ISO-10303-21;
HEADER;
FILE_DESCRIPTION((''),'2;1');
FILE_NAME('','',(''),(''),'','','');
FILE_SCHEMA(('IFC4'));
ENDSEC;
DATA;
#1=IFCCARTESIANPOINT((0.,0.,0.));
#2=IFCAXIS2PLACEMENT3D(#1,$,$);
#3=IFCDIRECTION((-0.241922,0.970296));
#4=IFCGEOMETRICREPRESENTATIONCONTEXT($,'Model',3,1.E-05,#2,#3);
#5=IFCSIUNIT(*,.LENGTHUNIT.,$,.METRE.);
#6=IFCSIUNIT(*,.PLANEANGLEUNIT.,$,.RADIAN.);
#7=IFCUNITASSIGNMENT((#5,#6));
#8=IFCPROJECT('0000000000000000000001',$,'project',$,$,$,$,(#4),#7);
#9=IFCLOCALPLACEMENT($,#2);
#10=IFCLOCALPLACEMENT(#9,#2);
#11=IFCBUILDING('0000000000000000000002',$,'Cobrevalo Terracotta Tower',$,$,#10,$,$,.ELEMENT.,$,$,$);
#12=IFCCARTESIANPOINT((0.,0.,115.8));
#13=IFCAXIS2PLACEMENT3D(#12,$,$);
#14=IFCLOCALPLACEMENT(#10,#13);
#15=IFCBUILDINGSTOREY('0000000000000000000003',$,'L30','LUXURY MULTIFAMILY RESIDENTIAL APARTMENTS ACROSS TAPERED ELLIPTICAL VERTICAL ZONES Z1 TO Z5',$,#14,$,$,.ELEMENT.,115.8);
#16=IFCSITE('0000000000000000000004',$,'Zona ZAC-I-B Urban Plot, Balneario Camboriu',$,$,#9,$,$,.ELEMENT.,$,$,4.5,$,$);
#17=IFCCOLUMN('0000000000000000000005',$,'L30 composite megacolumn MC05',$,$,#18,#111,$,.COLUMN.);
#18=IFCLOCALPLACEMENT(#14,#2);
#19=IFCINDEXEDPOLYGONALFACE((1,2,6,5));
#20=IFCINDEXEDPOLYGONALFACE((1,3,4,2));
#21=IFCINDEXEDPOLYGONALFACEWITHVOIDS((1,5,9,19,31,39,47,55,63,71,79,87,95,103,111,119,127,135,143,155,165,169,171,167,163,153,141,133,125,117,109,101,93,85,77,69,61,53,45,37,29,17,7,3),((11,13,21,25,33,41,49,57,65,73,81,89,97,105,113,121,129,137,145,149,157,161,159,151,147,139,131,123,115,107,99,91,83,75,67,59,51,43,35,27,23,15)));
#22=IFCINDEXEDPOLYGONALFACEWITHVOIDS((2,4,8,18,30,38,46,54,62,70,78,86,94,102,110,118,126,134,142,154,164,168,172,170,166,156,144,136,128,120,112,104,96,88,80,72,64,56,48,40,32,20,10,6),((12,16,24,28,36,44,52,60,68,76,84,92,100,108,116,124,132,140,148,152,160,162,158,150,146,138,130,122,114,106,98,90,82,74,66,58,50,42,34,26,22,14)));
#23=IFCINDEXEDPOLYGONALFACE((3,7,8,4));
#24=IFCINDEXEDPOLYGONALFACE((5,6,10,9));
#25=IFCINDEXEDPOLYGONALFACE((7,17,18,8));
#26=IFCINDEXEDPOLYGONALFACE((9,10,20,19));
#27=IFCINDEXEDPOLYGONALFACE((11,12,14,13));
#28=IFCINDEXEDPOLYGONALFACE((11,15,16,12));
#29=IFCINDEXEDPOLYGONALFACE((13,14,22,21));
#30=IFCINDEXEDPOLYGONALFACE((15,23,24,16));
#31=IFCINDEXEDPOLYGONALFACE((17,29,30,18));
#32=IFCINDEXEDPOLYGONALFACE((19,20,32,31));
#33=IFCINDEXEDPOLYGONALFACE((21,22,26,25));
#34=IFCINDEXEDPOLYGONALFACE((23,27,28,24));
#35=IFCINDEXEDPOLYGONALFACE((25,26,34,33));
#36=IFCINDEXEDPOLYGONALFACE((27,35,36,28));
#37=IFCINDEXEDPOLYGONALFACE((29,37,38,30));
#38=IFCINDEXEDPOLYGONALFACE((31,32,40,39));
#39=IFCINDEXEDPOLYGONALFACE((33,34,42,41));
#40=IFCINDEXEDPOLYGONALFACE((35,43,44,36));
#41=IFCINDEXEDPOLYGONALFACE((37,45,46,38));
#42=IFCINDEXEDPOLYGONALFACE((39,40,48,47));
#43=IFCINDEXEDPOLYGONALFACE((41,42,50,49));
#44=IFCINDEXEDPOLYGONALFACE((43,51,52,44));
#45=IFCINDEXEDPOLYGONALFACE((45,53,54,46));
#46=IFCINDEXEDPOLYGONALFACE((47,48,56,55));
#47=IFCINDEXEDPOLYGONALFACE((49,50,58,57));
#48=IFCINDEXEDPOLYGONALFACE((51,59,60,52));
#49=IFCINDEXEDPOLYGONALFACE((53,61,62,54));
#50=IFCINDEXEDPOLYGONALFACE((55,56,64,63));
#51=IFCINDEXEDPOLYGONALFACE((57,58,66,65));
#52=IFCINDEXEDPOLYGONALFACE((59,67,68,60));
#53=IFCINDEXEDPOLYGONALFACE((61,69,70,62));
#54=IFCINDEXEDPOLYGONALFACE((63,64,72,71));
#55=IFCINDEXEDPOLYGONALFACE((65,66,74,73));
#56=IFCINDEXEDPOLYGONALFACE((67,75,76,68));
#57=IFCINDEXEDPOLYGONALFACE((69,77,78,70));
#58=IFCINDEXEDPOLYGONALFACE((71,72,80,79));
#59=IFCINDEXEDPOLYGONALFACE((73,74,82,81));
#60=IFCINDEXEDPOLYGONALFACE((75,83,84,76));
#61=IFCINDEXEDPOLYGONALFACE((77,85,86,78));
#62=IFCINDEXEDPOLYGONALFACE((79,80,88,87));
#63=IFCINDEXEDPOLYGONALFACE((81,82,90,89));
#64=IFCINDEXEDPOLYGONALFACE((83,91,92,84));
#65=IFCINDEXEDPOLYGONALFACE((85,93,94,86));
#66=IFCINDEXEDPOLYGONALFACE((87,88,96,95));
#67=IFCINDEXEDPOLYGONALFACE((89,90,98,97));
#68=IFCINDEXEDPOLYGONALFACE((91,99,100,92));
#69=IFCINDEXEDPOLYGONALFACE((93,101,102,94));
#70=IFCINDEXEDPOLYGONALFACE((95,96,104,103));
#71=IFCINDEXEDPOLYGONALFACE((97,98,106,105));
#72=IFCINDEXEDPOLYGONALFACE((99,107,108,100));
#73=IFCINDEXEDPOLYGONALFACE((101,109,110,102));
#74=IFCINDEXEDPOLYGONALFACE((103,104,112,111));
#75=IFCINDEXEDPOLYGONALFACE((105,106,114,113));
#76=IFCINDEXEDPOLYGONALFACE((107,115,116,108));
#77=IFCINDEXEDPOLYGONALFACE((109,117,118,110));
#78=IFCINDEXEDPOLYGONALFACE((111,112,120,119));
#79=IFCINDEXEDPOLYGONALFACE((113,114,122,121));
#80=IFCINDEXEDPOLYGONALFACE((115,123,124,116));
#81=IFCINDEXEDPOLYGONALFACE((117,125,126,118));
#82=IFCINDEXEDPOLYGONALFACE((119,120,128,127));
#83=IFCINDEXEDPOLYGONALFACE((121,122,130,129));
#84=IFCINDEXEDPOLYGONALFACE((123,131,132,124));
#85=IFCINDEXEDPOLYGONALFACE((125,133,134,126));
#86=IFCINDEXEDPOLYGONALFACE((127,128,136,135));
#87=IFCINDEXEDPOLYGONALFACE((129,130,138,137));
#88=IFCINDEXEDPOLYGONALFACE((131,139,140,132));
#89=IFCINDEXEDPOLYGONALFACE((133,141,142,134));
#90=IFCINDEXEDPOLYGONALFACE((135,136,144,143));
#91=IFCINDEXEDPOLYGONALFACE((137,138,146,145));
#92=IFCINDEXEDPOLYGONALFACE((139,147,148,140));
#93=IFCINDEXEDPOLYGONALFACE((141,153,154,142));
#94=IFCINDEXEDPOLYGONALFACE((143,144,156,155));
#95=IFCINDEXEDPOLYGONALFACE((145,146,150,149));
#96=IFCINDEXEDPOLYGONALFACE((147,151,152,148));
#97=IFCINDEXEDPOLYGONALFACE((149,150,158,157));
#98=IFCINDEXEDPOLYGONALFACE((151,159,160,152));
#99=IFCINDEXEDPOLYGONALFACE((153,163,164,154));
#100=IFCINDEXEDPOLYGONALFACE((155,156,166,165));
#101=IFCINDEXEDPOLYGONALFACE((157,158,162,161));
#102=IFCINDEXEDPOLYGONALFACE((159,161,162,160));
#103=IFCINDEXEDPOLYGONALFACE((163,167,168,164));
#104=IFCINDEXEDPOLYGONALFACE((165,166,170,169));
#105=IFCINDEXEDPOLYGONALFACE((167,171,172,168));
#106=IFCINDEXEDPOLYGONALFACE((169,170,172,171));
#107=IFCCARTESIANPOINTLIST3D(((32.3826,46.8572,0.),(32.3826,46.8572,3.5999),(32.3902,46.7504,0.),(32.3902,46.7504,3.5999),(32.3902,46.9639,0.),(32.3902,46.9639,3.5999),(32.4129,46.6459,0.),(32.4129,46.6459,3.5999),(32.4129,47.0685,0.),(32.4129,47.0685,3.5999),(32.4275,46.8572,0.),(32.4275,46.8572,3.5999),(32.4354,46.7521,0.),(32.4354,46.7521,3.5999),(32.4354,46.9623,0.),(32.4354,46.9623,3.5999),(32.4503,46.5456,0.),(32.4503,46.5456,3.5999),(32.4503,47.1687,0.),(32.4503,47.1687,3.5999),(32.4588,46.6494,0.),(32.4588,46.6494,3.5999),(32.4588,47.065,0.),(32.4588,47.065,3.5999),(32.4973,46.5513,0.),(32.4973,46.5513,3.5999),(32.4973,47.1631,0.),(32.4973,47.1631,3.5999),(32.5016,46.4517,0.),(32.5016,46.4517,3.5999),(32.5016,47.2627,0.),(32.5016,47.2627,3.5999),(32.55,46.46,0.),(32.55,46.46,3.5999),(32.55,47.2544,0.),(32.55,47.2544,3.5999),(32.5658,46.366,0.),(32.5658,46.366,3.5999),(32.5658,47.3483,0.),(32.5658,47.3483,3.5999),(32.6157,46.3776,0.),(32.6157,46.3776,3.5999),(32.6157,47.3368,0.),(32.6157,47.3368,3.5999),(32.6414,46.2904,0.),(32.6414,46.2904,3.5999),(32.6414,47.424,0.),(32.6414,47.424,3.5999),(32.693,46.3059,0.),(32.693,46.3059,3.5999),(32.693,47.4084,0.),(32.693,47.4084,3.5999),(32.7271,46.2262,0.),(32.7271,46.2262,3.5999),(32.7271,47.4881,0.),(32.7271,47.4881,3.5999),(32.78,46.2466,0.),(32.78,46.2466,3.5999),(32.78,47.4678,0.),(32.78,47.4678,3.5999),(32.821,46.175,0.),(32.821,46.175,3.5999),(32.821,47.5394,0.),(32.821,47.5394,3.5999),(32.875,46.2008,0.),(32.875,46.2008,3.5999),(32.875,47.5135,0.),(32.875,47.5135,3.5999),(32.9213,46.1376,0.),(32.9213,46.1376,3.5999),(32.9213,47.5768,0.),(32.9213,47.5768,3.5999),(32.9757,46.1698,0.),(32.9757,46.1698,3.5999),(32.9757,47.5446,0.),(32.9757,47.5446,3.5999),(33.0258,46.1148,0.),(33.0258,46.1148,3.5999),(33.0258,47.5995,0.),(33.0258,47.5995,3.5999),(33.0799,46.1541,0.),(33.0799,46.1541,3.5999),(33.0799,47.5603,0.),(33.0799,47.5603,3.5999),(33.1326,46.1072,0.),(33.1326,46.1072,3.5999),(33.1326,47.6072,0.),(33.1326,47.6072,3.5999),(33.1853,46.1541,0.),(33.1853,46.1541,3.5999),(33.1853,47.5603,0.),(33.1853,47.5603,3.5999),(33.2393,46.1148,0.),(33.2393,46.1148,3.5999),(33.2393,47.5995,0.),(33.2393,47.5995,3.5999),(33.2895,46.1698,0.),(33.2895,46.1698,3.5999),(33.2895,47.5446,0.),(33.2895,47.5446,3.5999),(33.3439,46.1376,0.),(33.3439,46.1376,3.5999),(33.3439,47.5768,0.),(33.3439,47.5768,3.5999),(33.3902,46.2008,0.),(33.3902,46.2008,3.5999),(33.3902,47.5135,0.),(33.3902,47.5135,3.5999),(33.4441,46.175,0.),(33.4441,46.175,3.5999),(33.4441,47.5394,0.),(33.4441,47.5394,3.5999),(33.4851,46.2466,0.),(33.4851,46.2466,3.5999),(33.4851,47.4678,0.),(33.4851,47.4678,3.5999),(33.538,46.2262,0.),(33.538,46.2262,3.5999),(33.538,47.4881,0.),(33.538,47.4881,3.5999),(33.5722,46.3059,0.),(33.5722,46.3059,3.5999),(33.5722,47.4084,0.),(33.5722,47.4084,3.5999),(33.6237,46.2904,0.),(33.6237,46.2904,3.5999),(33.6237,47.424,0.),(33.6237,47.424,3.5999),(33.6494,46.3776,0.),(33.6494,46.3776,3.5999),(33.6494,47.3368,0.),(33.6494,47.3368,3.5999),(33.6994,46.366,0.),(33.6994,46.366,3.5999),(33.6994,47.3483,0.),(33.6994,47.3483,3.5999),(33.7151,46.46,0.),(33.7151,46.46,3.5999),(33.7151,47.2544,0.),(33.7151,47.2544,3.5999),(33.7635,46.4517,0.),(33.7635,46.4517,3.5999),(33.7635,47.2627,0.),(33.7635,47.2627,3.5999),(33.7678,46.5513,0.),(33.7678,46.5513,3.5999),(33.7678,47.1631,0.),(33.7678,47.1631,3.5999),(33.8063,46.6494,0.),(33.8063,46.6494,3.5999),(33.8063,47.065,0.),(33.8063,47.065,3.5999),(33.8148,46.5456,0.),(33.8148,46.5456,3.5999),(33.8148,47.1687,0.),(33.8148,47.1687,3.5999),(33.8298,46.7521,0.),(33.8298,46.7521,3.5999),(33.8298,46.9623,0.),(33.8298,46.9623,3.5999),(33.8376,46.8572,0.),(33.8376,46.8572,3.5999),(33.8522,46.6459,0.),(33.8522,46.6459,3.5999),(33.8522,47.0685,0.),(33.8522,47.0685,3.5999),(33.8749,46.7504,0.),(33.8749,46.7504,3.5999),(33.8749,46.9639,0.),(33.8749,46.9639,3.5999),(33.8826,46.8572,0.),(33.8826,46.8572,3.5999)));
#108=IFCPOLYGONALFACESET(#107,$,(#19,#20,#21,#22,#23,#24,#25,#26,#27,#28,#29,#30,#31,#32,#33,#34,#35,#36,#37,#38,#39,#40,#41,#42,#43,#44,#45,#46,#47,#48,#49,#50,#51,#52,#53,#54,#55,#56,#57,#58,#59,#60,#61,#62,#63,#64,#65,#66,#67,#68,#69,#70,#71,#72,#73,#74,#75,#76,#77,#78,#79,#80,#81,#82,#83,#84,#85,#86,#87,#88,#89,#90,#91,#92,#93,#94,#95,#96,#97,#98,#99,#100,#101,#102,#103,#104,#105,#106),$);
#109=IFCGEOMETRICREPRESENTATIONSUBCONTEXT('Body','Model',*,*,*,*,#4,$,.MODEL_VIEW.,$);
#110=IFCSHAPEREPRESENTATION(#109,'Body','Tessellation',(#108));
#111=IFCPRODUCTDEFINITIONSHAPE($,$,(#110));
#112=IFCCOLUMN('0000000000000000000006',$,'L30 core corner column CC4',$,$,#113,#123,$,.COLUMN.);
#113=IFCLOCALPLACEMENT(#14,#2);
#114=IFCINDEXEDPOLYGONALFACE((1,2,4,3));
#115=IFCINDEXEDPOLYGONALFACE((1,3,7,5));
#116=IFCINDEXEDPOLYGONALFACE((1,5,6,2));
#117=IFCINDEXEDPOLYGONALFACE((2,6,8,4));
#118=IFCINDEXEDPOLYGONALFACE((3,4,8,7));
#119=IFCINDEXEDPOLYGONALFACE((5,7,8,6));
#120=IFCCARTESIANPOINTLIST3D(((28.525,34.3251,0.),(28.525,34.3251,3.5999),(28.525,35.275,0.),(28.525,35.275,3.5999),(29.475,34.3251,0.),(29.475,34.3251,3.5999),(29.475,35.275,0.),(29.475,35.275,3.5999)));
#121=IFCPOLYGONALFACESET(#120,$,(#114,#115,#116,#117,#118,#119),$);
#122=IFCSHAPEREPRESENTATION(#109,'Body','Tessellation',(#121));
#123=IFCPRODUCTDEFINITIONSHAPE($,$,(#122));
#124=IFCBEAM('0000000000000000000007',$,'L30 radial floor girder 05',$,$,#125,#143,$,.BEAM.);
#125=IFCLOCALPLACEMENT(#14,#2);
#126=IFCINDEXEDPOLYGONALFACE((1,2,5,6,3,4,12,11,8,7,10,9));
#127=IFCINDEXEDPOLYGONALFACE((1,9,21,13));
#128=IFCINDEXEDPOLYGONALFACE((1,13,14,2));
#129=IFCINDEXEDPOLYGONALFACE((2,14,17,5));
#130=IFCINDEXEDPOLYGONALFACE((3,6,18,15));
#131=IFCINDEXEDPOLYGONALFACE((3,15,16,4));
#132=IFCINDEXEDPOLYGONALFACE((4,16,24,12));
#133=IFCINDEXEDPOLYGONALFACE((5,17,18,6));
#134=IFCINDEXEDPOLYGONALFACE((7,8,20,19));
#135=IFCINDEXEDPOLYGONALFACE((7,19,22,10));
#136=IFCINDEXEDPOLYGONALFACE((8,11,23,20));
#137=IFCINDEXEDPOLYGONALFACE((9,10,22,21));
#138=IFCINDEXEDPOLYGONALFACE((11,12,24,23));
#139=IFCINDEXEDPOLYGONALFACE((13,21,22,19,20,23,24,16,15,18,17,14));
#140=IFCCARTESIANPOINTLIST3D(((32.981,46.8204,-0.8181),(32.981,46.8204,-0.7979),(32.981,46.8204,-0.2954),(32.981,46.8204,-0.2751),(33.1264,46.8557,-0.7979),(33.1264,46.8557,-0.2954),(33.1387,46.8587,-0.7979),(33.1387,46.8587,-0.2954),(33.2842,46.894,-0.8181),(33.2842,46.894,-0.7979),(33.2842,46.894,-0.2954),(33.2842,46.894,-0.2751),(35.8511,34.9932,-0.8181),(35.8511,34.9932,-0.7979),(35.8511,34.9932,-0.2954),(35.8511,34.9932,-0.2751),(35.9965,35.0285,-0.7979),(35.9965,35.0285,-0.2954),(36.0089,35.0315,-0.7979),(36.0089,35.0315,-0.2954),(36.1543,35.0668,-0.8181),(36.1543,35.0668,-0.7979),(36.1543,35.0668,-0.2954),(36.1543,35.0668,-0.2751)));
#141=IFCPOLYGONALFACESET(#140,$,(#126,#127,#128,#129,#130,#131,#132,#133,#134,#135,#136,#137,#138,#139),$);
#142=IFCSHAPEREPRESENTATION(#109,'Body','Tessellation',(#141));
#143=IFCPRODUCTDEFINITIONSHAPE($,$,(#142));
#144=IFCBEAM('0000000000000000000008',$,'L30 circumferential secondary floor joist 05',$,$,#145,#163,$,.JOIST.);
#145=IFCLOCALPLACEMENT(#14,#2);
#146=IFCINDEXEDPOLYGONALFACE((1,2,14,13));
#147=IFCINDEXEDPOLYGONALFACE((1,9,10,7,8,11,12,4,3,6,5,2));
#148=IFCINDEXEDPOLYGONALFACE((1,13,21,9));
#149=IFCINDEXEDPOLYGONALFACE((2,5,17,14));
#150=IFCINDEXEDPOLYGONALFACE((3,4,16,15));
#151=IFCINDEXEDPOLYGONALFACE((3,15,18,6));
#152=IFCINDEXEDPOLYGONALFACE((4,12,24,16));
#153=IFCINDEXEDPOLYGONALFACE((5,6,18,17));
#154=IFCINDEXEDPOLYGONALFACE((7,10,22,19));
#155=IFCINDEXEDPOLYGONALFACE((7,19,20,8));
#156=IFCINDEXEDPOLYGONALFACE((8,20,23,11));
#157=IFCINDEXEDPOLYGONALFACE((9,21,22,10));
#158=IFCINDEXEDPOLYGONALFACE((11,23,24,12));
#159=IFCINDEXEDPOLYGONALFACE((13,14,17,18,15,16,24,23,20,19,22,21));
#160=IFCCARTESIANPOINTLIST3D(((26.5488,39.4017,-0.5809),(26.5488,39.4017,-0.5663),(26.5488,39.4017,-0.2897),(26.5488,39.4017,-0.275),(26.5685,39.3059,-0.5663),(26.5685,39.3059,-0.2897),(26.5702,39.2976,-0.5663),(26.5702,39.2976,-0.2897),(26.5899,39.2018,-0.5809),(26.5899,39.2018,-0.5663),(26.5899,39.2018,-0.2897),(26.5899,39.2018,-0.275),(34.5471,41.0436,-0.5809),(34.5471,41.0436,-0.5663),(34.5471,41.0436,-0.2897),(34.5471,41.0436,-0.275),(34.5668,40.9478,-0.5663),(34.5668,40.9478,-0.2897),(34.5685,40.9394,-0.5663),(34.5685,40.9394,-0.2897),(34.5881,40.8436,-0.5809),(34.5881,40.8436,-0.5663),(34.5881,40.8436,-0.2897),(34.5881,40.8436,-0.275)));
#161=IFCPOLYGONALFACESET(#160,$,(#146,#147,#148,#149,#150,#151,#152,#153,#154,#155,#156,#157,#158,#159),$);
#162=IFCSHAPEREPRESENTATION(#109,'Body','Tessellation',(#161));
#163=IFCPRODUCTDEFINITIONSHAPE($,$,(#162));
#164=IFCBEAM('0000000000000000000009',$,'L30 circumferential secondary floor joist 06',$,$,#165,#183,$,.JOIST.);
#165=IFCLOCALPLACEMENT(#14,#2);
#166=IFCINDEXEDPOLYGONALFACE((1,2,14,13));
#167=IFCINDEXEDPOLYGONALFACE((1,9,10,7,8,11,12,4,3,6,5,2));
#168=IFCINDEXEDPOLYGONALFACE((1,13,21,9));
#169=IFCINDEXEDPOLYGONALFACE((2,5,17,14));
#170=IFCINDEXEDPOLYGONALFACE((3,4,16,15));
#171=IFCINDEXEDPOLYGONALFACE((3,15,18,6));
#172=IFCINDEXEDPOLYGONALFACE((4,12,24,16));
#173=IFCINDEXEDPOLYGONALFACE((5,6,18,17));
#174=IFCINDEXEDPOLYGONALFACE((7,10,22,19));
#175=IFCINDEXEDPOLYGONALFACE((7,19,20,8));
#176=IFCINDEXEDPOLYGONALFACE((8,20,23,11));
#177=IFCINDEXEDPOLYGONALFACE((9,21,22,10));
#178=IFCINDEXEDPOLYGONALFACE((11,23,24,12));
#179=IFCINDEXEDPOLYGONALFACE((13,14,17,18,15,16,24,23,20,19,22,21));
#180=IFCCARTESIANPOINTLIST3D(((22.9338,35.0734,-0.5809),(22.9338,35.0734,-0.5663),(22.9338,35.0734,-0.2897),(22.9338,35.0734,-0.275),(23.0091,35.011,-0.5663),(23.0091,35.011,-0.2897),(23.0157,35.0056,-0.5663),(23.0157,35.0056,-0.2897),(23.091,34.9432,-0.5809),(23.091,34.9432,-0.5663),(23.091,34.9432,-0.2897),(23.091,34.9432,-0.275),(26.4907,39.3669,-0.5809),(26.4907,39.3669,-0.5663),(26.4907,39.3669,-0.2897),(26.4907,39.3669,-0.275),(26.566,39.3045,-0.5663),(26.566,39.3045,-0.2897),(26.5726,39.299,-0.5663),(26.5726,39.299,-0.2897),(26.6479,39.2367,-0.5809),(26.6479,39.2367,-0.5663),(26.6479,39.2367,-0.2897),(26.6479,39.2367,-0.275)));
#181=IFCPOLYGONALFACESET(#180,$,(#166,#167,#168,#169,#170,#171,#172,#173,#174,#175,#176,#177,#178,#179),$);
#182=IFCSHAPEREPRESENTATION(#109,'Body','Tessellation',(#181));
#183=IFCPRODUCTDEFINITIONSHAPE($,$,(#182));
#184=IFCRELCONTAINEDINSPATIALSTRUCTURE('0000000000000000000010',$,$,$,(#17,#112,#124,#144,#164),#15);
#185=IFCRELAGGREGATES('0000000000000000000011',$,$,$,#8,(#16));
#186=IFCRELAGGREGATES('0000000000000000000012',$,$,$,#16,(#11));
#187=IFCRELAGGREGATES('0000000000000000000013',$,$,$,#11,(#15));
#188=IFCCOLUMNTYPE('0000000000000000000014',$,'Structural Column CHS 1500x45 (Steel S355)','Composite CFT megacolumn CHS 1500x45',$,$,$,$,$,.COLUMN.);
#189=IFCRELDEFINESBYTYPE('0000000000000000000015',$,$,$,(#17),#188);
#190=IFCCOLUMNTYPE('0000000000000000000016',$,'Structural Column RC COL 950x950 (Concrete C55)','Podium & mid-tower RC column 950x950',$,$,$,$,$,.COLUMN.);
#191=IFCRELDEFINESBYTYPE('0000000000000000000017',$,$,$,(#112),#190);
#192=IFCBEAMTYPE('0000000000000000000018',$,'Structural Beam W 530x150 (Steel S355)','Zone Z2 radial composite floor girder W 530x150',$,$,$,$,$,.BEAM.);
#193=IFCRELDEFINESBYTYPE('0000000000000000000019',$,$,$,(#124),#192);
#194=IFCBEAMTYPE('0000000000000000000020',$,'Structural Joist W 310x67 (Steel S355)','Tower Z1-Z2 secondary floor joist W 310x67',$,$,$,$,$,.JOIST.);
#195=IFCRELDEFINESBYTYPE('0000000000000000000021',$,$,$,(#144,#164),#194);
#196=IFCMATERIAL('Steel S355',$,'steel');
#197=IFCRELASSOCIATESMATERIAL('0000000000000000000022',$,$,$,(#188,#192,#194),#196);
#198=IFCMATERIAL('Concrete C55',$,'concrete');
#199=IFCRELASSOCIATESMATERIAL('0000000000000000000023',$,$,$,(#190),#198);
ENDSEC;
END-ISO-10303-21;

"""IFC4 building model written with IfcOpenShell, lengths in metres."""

from ifc_helpers import new_model, si_unit, direction, frame, origin, origin_2d, place, context, subcontext, project, spatial, rectangle, hollow_circle, i_section, extrude, material, material_profile, profile_set, type_object, element, save


model = new_model("IFC4")

# Units and contexts
model_context = context("Model", 3, precision=1e-05, world=origin(), true_north=direction((-0.241922, 0.970296)))
body_context = subcontext(model_context, "Body", "Model", "MODEL_VIEW")
ifc_project = project(units=[si_unit("LENGTHUNIT", "METRE"), si_unit("PLANEANGLEUNIT", "RADIAN")], contexts=[model_context])

# Site, building, storey
site_placement = place(None, origin())
site = spatial("IfcSite", under=ifc_project, at=site_placement, Name="Zona ZAC-I-B Urban Plot, Balneario Camboriu", CompositionType="ELEMENT", RefElevation=4.5)
building_placement = place(site_placement, origin())
building = spatial("IfcBuilding", under=site, at=building_placement, Name="Cobrevalo Terracotta Tower", CompositionType="ELEMENT")
storey_placement = place(building_placement, frame((0.0, 0.0, 115.8)))
storey = spatial("IfcBuildingStorey", under=building, at=storey_placement, Name="L30", Description="LUXURY MULTIFAMILY RESIDENTIAL APARTMENTS ACROSS TAPERED ELLIPTICAL VERTICAL ZONES Z1 TO Z5", CompositionType="ELEMENT", Elevation=115.8)

# Columns
ifc_material_1 = material(Name="Steel S355", Category="steel")
ifc_material_profile_1 = material_profile(ifc_material_1, hollow_circle(Radius=0.75, WallThickness=0.0449, at=origin_2d()), Name="CHS 1500x45")
ifc_profile_set_1 = profile_set([ifc_material_profile_1], Name="Steel S355")
column_type_1 = type_object("IfcColumnType", Name="Structural Column CHS 1500x45 (Steel S355)", Description="Composite CFT megacolumn CHS 1500x45", PredefinedType="COLUMN", material=ifc_profile_set_1)
column_1_placement = place(storey_placement, frame((33.1326, 46.8572, 0.0), z_axis=(0.0, 0.0, 1.0), x_axis=(1.0, 0.0, 0.0)))
element("IfcColumn", 1, at=column_1_placement, inside=storey, type_object=column_type_1, Name="L30 composite megacolumn MC05", PredefinedType="COLUMN", context=body_context, shape_type="SweptSolid", body=[
    extrude(hollow_circle(Radius=0.75, WallThickness=0.0449, at=origin_2d()), origin(), (0.0, 0.0, 1.0), 3.5999),
])
ifc_material_2 = material(Name="Concrete C55", Category="concrete")
ifc_material_profile_2 = material_profile(ifc_material_2, rectangle(XDim=0.95, YDim=0.95, at=origin_2d()), Name="RC COL 950x950")
ifc_profile_set_2 = profile_set([ifc_material_profile_2], Name="Concrete C55")
column_type_2 = type_object("IfcColumnType", Name="Structural Column RC COL 950x950 (Concrete C55)", Description="Podium & mid-tower RC column 950x950", PredefinedType="COLUMN", material=ifc_profile_set_2)
column_2_placement = place(storey_placement, frame((29.0, 34.8, 0.0), z_axis=(0.0, 0.0, 1.0), x_axis=(1.0, 0.0, 0.0)))
element("IfcColumn", 2, at=column_2_placement, inside=storey, type_object=column_type_2, Name="L30 core corner column CC4", PredefinedType="COLUMN", context=body_context, shape_type="SweptSolid", body=[
    extrude(rectangle(XDim=0.95, YDim=0.95, at=origin_2d()), origin(), (0.0, 0.0, 1.0), 3.5999),
])

# Beams
ifc_material_profile_3 = material_profile(ifc_material_1, i_section(OverallWidth=0.312, OverallDepth=0.543, WebThickness=0.0127, FlangeThickness=0.0203, at=origin_2d()), Name="W 530x150")
ifc_profile_set_3 = profile_set([ifc_material_profile_3], Name="Steel S355")
beam_type_1 = type_object("IfcBeamType", Name="Structural Beam W 530x150 (Steel S355)", Description="Zone Z2 radial composite floor girder W 530x150", PredefinedType="BEAM", material=ifc_profile_set_3)
beam_1_placement = place(storey_placement, frame((33.1326, 46.8572, -0.5466), z_axis=(0.235827, -0.971795, 0.0), x_axis=(0.971795, 0.235827, 0.0)))
element("IfcBeam", 3, at=beam_1_placement, inside=storey, type_object=beam_type_1, Name="L30 radial floor girder 05", PredefinedType="BEAM", context=body_context, shape_type="SweptSolid", body=[
    extrude(i_section(OverallWidth=0.312, OverallDepth=0.543, WebThickness=0.0127, FlangeThickness=0.0203, at=origin_2d()), origin(), (0.0, 0.0, 1.0), 12.1704),
])
ifc_material_profile_4 = material_profile(ifc_material_1, i_section(OverallWidth=0.2041, OverallDepth=0.3059, WebThickness=0.0085, FlangeThickness=0.0146, at=origin_2d()), Name="W 310x67")
ifc_profile_set_4 = profile_set([ifc_material_profile_4], Name="Steel S355")
beam_type_2 = type_object("IfcBeamType", Name="Structural Joist W 310x67 (Steel S355)", Description="Tower Z1-Z2 secondary floor joist W 310x67", PredefinedType="JOIST", material=ifc_profile_set_4)
beam_2_placement = place(storey_placement, frame((34.5676, 40.9436, -0.428), z_axis=(-0.979574, -0.201082, 0.0), x_axis=(0.201082, -0.979574, 0.0)))
element("IfcBeam", 4, at=beam_2_placement, inside=storey, type_object=beam_type_2, Name="L30 circumferential secondary floor joist 05", PredefinedType="JOIST", context=body_context, shape_type="SweptSolid", body=[
    extrude(i_section(OverallWidth=0.2041, OverallDepth=0.3059, WebThickness=0.0085, FlangeThickness=0.0146, at=origin_2d()), origin(), (0.0, 0.0, 1.0), 8.165),
])
beam_3_placement = place(storey_placement, frame((26.5693, 39.3018, -0.428), z_axis=(-0.637959, -0.77007, 0.0), x_axis=(0.77007, -0.637959, 0.0)))
element("IfcBeam", 5, at=beam_3_placement, inside=storey, type_object=beam_type_2, Name="L30 circumferential secondary floor joist 06", PredefinedType="JOIST", context=body_context, shape_type="SweptSolid", body=[
    extrude(i_section(OverallWidth=0.2041, OverallDepth=0.3059, WebThickness=0.0085, FlangeThickness=0.0146, at=origin_2d()), origin(), (0.0, 0.0, 1.0), 5.5754),
])

save(model, "model.ifc")
